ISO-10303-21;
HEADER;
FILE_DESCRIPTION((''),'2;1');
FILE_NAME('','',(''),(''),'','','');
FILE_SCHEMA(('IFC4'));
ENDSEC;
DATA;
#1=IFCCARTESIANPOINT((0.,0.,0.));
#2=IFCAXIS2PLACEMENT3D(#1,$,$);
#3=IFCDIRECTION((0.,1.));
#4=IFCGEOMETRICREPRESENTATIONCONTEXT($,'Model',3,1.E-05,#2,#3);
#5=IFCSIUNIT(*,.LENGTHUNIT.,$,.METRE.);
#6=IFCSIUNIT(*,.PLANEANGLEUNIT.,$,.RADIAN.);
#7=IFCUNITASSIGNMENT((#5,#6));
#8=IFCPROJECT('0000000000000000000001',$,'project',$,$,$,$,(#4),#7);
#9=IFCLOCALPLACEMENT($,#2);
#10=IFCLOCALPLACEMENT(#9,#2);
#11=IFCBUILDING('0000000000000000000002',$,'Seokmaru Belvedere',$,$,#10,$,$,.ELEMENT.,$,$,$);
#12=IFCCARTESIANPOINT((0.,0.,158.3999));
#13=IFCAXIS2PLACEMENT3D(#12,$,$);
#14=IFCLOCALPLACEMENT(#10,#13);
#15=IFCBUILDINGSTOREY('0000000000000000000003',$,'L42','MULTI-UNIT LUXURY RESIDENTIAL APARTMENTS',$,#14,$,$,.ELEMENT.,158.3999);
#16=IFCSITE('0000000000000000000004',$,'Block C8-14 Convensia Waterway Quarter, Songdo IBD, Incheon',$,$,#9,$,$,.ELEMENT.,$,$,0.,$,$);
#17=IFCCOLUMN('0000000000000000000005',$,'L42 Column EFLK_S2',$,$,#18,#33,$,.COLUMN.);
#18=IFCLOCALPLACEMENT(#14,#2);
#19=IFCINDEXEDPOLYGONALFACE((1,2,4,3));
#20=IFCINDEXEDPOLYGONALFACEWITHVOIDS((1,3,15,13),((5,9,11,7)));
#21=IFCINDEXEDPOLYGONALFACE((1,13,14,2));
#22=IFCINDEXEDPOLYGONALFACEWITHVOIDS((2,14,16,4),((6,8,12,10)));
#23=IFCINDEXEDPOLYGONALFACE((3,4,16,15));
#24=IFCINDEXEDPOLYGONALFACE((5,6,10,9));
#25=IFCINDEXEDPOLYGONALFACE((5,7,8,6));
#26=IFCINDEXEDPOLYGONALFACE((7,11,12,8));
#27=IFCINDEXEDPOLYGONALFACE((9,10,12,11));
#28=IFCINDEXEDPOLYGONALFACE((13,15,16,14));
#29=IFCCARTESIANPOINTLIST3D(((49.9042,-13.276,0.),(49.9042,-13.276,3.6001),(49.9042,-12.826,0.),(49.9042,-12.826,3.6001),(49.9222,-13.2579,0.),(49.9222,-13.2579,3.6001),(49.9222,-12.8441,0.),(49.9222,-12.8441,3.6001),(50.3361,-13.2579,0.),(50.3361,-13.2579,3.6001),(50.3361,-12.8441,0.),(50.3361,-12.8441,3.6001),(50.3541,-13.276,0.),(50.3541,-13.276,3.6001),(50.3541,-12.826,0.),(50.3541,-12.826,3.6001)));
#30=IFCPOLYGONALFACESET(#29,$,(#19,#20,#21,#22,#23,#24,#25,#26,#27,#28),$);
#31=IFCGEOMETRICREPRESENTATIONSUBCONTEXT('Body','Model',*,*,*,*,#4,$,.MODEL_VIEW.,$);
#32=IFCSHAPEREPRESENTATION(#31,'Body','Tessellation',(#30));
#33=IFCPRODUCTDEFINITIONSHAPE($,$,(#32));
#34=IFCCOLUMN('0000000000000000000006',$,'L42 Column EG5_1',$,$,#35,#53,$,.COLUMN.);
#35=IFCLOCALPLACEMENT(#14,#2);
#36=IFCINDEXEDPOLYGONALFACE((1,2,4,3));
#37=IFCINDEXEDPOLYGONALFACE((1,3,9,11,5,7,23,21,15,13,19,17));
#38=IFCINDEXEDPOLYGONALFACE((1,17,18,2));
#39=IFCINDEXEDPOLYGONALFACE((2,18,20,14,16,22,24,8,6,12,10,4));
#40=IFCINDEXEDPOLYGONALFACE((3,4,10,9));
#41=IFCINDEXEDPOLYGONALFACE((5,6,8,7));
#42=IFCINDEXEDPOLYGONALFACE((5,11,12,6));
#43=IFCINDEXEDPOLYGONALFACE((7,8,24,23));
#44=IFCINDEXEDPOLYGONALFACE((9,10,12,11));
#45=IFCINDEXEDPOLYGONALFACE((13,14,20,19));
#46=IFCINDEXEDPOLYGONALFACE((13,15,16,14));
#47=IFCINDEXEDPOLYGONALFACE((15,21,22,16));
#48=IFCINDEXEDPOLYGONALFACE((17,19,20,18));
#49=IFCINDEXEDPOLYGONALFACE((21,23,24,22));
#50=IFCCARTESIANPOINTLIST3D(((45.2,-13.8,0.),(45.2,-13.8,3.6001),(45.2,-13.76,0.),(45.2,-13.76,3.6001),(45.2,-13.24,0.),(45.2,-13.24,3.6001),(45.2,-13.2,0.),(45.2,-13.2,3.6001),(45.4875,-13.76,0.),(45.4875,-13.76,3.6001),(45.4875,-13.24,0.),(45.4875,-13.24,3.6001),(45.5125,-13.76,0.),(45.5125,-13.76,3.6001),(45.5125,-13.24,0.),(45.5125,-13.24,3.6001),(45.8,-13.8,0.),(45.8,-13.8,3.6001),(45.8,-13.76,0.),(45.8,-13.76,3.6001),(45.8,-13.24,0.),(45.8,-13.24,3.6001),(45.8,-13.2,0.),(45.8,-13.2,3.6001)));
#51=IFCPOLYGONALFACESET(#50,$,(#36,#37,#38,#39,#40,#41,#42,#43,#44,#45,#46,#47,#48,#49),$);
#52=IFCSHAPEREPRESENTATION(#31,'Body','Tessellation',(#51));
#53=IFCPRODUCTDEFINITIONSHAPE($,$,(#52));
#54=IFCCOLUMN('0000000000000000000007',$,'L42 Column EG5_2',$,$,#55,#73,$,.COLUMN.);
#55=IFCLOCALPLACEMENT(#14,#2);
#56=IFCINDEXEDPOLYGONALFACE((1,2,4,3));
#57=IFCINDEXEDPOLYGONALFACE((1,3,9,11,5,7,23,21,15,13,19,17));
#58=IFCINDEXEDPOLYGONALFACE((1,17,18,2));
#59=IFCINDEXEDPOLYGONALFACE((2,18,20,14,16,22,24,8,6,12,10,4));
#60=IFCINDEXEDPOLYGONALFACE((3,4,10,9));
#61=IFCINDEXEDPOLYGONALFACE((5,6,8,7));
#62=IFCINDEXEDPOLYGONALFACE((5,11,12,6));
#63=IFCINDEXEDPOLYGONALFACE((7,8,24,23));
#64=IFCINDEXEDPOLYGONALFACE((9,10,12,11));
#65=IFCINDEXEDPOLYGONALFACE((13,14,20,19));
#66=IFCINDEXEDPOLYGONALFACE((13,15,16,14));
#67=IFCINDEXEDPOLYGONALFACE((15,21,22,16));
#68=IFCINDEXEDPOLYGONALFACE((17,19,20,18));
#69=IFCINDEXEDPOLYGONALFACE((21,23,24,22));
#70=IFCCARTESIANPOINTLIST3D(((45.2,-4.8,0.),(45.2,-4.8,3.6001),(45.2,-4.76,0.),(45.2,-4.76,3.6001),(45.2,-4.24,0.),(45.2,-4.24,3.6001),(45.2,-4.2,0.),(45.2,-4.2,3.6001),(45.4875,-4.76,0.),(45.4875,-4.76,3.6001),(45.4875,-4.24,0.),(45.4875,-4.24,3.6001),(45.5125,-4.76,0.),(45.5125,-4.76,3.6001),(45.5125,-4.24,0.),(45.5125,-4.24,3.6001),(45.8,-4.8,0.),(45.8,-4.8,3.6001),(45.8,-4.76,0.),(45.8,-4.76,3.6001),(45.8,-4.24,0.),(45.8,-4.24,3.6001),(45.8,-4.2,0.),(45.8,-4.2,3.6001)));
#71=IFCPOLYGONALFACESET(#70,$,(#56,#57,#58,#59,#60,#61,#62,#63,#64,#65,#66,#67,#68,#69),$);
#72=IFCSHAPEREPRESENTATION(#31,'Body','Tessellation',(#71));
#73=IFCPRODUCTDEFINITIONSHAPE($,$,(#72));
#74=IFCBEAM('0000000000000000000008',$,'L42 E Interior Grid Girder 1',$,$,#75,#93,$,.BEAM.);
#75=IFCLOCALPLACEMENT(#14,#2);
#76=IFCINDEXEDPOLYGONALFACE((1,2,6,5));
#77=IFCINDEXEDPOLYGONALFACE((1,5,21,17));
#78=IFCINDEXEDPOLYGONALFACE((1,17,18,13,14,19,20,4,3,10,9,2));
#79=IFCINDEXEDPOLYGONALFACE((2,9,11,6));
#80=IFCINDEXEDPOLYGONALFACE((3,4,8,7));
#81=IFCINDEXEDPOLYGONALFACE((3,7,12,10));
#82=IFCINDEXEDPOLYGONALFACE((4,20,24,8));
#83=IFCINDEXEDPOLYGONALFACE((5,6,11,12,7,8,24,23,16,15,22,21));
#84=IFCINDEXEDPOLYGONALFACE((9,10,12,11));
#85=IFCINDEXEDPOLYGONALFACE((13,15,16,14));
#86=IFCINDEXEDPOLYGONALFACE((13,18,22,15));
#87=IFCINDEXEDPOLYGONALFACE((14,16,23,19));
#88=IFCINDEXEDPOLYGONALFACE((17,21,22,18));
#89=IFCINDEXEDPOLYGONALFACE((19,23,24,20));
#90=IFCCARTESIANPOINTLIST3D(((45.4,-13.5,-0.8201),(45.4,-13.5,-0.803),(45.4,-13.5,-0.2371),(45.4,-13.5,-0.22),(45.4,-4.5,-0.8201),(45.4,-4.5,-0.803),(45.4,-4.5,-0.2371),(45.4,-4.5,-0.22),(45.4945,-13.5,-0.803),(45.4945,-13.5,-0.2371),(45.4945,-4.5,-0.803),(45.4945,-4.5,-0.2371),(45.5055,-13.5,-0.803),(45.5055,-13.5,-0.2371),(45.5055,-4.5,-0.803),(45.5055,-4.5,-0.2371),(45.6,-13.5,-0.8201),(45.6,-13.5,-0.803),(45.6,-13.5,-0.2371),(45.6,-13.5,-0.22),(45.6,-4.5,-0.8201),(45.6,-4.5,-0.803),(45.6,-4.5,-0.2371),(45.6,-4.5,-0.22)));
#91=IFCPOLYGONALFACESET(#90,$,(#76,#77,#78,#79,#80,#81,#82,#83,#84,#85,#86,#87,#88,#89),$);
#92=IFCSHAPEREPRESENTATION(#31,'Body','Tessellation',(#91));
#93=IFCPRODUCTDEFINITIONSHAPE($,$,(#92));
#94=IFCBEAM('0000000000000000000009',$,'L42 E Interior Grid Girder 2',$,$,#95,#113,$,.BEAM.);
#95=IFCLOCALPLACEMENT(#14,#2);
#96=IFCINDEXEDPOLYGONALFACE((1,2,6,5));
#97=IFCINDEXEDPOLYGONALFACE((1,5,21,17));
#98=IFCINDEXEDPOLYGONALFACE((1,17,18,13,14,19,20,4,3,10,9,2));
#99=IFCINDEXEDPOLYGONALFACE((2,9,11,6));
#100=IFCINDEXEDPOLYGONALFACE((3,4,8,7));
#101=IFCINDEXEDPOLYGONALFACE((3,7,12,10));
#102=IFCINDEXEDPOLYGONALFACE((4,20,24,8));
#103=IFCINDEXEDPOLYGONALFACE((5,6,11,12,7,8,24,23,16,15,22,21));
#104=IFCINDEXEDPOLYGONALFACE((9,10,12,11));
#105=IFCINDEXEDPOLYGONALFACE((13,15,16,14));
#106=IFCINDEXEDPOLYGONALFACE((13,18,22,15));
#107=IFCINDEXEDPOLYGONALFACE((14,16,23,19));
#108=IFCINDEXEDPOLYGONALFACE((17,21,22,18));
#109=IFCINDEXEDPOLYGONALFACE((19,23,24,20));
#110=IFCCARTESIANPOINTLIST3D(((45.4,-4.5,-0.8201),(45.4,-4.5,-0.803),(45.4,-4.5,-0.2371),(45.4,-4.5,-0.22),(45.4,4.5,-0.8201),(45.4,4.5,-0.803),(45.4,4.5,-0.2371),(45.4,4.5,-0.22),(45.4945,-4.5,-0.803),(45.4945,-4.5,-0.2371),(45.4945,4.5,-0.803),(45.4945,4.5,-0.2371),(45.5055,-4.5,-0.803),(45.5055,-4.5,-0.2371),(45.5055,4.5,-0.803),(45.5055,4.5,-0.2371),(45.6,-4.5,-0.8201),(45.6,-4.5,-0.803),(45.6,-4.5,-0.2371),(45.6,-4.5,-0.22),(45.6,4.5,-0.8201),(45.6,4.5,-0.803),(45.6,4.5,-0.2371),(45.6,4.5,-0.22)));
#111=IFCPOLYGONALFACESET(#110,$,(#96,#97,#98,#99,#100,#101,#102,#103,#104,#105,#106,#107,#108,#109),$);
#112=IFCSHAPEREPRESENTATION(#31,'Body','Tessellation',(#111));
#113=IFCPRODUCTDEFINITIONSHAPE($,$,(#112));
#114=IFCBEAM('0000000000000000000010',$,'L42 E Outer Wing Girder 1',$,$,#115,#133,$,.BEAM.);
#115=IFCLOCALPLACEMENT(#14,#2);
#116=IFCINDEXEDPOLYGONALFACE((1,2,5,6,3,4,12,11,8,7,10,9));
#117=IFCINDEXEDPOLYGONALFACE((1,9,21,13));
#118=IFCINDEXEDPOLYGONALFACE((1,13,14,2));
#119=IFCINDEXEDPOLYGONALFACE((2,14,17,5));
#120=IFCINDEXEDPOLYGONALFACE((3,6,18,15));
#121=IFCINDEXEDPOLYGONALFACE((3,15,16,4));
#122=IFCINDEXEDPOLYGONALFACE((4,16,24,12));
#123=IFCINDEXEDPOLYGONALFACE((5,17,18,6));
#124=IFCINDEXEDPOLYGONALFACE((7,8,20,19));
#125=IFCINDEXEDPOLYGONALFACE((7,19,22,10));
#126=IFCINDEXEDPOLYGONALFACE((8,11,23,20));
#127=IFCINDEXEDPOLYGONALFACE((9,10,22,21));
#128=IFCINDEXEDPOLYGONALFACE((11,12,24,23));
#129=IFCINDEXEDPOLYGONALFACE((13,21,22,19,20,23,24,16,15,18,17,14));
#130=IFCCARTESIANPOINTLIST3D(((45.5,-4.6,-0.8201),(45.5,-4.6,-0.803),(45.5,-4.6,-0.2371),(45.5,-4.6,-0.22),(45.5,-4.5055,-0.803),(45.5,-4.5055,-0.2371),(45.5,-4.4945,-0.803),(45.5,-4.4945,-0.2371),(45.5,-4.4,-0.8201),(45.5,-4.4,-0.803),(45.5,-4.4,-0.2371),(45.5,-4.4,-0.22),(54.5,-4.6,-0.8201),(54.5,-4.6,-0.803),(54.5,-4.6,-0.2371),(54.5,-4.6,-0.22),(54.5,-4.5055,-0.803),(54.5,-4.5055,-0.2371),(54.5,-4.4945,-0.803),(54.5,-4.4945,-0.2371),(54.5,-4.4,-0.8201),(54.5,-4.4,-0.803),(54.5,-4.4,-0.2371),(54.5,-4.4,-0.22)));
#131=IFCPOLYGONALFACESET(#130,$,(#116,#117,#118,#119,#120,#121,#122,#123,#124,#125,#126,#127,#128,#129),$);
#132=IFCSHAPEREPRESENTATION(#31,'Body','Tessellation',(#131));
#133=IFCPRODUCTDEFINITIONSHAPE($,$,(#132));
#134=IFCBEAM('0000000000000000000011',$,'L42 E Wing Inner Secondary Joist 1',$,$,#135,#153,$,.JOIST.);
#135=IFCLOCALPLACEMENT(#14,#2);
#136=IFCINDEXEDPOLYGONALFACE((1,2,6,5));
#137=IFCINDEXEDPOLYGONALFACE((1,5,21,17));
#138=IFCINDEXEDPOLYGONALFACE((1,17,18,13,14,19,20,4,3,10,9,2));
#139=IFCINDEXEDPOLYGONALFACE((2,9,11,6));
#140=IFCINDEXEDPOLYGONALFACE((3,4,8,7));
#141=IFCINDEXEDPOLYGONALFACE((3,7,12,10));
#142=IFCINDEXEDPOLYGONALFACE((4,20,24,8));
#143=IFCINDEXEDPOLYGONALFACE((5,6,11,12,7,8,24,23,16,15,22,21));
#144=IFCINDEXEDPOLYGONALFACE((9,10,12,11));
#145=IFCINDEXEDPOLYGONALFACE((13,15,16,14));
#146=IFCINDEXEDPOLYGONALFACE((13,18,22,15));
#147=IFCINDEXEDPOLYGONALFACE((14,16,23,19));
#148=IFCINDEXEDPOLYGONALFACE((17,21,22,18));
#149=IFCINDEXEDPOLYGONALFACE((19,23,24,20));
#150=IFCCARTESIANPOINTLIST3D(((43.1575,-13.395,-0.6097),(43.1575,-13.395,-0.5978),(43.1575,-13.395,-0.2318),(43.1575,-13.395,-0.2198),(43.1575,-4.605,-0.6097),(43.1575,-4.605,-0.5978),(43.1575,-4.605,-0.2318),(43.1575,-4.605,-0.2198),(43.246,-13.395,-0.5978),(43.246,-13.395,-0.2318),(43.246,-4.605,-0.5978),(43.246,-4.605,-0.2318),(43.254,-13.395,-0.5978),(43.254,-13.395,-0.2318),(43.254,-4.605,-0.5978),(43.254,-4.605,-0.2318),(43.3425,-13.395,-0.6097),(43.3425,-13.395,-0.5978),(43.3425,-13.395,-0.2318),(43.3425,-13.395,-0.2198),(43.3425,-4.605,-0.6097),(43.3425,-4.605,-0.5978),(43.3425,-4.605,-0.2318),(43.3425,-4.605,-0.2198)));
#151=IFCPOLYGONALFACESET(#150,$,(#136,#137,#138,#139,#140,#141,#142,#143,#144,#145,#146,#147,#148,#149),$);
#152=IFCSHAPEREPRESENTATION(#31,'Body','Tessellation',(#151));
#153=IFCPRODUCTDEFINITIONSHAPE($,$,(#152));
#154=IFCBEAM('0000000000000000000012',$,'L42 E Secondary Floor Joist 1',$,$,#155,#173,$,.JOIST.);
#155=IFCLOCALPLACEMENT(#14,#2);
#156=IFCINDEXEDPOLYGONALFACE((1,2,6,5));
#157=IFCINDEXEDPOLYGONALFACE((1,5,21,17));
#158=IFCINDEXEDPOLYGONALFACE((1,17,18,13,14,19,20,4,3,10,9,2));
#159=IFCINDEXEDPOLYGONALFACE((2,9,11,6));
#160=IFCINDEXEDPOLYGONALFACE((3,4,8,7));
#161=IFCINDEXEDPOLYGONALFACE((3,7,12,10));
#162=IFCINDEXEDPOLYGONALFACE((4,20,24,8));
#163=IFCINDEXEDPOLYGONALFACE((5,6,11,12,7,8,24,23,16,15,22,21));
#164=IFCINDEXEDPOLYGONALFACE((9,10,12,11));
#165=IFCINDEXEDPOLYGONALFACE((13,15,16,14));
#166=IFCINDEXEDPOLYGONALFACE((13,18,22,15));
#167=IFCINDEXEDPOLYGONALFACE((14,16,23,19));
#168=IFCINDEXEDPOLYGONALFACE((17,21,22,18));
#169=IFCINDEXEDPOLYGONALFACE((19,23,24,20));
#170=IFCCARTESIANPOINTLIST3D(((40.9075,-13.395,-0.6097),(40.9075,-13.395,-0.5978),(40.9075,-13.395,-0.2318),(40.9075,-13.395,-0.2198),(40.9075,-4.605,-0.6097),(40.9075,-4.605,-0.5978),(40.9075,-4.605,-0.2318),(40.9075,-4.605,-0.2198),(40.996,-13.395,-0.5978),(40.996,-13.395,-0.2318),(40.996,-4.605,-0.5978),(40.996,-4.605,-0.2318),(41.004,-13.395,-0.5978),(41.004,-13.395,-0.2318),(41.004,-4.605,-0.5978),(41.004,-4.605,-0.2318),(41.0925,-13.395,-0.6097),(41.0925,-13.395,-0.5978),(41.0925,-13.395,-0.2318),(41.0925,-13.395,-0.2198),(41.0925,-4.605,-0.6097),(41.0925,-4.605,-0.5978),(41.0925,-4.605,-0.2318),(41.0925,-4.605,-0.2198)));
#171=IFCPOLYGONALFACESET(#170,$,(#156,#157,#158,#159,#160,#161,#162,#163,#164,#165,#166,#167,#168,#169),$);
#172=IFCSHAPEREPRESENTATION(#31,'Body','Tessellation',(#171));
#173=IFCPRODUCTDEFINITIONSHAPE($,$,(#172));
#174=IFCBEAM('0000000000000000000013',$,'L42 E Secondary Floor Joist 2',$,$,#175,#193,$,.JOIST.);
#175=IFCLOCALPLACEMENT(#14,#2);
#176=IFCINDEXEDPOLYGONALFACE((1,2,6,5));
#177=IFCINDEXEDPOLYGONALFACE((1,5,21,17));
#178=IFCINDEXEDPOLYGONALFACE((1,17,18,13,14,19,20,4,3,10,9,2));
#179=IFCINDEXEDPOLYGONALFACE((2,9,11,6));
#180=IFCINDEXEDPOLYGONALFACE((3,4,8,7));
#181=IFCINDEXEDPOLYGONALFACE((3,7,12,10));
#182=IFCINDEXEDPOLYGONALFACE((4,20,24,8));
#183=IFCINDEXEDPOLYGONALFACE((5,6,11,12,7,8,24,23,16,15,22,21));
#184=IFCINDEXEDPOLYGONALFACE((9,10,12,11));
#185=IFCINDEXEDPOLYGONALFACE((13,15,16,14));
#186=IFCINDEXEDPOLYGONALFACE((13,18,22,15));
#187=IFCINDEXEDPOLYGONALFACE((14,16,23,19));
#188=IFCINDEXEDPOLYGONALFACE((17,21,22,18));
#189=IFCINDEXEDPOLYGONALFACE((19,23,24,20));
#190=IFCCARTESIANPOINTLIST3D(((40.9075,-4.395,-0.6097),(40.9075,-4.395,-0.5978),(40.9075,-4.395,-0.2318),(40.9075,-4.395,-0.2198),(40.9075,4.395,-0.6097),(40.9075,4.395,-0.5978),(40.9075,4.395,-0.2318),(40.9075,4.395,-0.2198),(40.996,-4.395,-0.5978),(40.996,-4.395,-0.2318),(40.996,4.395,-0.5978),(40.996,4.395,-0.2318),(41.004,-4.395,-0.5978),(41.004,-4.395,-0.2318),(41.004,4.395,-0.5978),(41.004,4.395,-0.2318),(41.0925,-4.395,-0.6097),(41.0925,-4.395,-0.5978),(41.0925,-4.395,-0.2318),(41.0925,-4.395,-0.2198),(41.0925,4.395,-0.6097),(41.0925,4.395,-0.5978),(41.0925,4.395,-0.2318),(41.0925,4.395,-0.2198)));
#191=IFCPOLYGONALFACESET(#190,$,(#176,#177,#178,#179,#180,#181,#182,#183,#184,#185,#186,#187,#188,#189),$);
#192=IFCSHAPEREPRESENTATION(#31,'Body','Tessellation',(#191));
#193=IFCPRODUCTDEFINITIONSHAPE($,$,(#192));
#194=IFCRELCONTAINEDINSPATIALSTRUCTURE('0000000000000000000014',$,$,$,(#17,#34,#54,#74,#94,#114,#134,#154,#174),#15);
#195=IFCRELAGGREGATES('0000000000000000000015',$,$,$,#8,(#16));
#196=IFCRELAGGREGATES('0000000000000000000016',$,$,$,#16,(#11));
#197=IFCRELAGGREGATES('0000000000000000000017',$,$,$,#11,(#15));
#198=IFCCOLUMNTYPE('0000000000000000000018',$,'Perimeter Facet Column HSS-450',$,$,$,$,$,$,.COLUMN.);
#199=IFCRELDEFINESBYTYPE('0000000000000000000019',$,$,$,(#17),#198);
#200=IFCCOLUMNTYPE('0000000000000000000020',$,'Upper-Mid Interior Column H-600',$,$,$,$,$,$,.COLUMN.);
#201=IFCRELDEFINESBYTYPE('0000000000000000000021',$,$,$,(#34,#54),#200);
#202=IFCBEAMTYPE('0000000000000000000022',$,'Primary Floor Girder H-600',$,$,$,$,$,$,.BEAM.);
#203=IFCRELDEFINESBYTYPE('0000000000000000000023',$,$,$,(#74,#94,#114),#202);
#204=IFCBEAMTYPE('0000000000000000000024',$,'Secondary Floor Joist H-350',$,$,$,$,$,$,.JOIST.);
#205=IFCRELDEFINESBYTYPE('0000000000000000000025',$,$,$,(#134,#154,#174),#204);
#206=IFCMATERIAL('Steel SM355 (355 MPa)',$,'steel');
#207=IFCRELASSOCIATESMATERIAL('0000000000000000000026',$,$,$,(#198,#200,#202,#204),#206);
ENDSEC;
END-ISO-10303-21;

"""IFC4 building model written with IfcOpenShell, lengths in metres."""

from ifc_helpers import new_model, si_unit, direction, frame, origin, origin_2d, place, context, subcontext, project, spatial, hollow_rectangle, i_section, extrude, source, transform, mapped, material, material_profile, profile_set, type_object, type_shapes, element, save


model = new_model("IFC4")

# Units and contexts
model_context = context("Model", 3, precision=1e-05, world=origin(), true_north=direction((0.0, 1.0)))
body_context = subcontext(model_context, "Body", "Model", "MODEL_VIEW")
ifc_project = project(units=[si_unit("LENGTHUNIT", "METRE"), si_unit("PLANEANGLEUNIT", "RADIAN")], contexts=[model_context])

# Site, building, storey
site_placement = place(None, origin())
site = spatial("IfcSite", under=ifc_project, at=site_placement, Name="Block C8-14 Convensia Waterway Quarter, Songdo IBD, Incheon", CompositionType="ELEMENT", RefElevation=0.0)
building_placement = place(site_placement, origin())
building = spatial("IfcBuilding", under=site, at=building_placement, Name="Seokmaru Belvedere", CompositionType="ELEMENT")
storey_placement = place(building_placement, frame((0.0, 0.0, 158.3999)))
storey = spatial("IfcBuildingStorey", under=building, at=storey_placement, Name="L42", Description="MULTI-UNIT LUXURY RESIDENTIAL APARTMENTS", CompositionType="ELEMENT", Elevation=158.3999)

# Columns
ifc_material_1 = material(Name="Steel SM355 (355 MPa)", Category="steel")
ifc_material_profile_1 = material_profile(ifc_material_1, hollow_rectangle(XDim=0.45, YDim=0.45, WallThickness=0.0181, at=origin_2d()), Name="HSS-450x450x18")
ifc_profile_set_1 = profile_set([ifc_material_profile_1], Name="Steel SM355 (355 MPa)")
column_type_1 = type_object("IfcColumnType", Name="Perimeter Facet Column HSS-450", PredefinedType="COLUMN", material=ifc_profile_set_1)
shared_shape_1 = source(origin(), body_context, "Body", "SweptSolid", [
    extrude(hollow_rectangle(XDim=0.45, YDim=0.45, WallThickness=0.0181, at=origin_2d()), origin(), (0.0, 0.0, 1.0), 3.6001),
])
type_shapes(column_type_1, [shared_shape_1])
column_placement = place(storey_placement, frame((50.1292, -13.051, 0.0), z_axis=(0.0, 0.0, 1.0), x_axis=(1.0, 0.0, 0.0)))
element("IfcColumn", 1, at=column_placement, inside=storey, type_object=column_type_1, Name="L42 Column EFLK_S2", PredefinedType="COLUMN", context=body_context, shape_type="MappedRepresentation", body=[
    mapped(shared_shape_1, transform((0.0, 0.0, 0.0), scale=1.0)),
])
ifc_material_profile_2 = material_profile(ifc_material_1, i_section(OverallWidth=0.6001, OverallDepth=0.6001, WebThickness=0.0249, FlangeThickness=0.04, at=origin_2d()), Name="H-600x600x25x40")
ifc_profile_set_2 = profile_set([ifc_material_profile_2], Name="Steel SM355 (355 MPa)")
column_type_2 = type_object("IfcColumnType", Name="Upper-Mid Interior Column H-600", PredefinedType="COLUMN", material=ifc_profile_set_2)
shared_shape_2 = source(origin(), body_context, "Body", "SweptSolid", [
    extrude(i_section(OverallWidth=0.6001, OverallDepth=0.6001, WebThickness=0.0249, FlangeThickness=0.04, at=origin_2d()), origin(), (0.0, 0.0, 1.0), 3.6001),
])
type_shapes(column_type_2, [shared_shape_2])
for number, where, z_axis, x_axis, name in (
    (2, (45.5, -13.5, 0.0), (0.0, 0.0, 1.0), (1.0, 0.0, 0.0), "L42 Column EG5_1"),
    (3, (45.5, -4.5, 0.0), (0.0, 0.0, 1.0), (1.0, 0.0, 0.0), "L42 Column EG5_2"),
):
    element("IfcColumn", number, at=place(storey_placement, frame(where, z_axis=z_axis, x_axis=x_axis)), inside=storey, type_object=column_type_2, Name=name, PredefinedType="COLUMN", context=body_context, shape_type="MappedRepresentation", body=[
        mapped(shared_shape_2, transform((0.0, 0.0, 0.0), scale=1.0)),
    ])

# Beams
ifc_material_profile_3 = material_profile(ifc_material_1, i_section(OverallWidth=0.2, OverallDepth=0.6001, WebThickness=0.011, FlangeThickness=0.0171, at=origin_2d()), Name="H-600x200x11x17")
ifc_profile_set_3 = profile_set([ifc_material_profile_3], Name="Steel SM355 (355 MPa)")
beam_type_1 = type_object("IfcBeamType", Name="Primary Floor Girder H-600", PredefinedType="BEAM", material=ifc_profile_set_3)
shared_shape_3 = source(origin(), body_context, "Body", "SweptSolid", [
    extrude(i_section(OverallWidth=0.2, OverallDepth=0.6001, WebThickness=0.011, FlangeThickness=0.0171, at=origin_2d()), origin(), (0.0, 0.0, 1.0), 9.0),
])
type_shapes(beam_type_1, [shared_shape_3])
for number, where, z_axis, x_axis, name in (
    (4, (45.5, -13.5, -0.52), (0.0, 1.0, 0.0), (-1.0, 0.0, 0.0), "L42 E Interior Grid Girder 1"),
    (5, (45.5, -4.5, -0.52), (0.0, 1.0, 0.0), (-1.0, 0.0, 0.0), "L42 E Interior Grid Girder 2"),
    (6, (45.5, -4.5, -0.52), (1.0, 0.0, 0.0), (0.0, 1.0, 0.0), "L42 E Outer Wing Girder 1"),
):
    element("IfcBeam", number, at=place(storey_placement, frame(where, z_axis=z_axis, x_axis=x_axis)), inside=storey, type_object=beam_type_1, Name=name, PredefinedType="BEAM", context=body_context, shape_type="MappedRepresentation", body=[
        mapped(shared_shape_3, transform((0.0, 0.0, 0.0), scale=1.0)),
    ])
ifc_material_profile_4 = material_profile(ifc_material_1, i_section(OverallWidth=0.1851, OverallDepth=0.3899, WebThickness=0.0081, FlangeThickness=0.012, at=origin_2d()), Name="H-390x185x8x12")
ifc_profile_set_4 = profile_set([ifc_material_profile_4], Name="Steel SM355 (355 MPa)")
beam_type_2 = type_object("IfcBeamType", Name="Secondary Floor Joist H-350", PredefinedType="JOIST", material=ifc_profile_set_4)
shared_shape_4 = source(origin(), body_context, "Body", "SweptSolid", [
    extrude(i_section(OverallWidth=0.1851, OverallDepth=0.3899, WebThickness=0.0081, FlangeThickness=0.012, at=origin_2d()), origin(), (0.0, 0.0, 1.0), 8.79),
])
type_shapes(beam_type_2, [shared_shape_4])
for number, where, z_axis, x_axis, name in (
    (7, (43.25, -13.395, -0.4148), (0.0, 1.0, 0.0), (-1.0, 0.0, 0.0), "L42 E Wing Inner Secondary Joist 1"),
    (8, (41.0, -13.395, -0.4148), (0.0, 1.0, 0.0), (-1.0, 0.0, 0.0), "L42 E Secondary Floor Joist 1"),
    (9, (41.0, -4.395, -0.4148), (0.0, 1.0, 0.0), (-1.0, 0.0, 0.0), "L42 E Secondary Floor Joist 2"),
):
    element("IfcBeam", number, at=place(storey_placement, frame(where, z_axis=z_axis, x_axis=x_axis)), inside=storey, type_object=beam_type_2, Name=name, PredefinedType="JOIST", context=body_context, shape_type="MappedRepresentation", body=[
        mapped(shared_shape_4, transform((0.0, 0.0, 0.0), scale=1.0)),
    ])

save(model, "model.ifc")
